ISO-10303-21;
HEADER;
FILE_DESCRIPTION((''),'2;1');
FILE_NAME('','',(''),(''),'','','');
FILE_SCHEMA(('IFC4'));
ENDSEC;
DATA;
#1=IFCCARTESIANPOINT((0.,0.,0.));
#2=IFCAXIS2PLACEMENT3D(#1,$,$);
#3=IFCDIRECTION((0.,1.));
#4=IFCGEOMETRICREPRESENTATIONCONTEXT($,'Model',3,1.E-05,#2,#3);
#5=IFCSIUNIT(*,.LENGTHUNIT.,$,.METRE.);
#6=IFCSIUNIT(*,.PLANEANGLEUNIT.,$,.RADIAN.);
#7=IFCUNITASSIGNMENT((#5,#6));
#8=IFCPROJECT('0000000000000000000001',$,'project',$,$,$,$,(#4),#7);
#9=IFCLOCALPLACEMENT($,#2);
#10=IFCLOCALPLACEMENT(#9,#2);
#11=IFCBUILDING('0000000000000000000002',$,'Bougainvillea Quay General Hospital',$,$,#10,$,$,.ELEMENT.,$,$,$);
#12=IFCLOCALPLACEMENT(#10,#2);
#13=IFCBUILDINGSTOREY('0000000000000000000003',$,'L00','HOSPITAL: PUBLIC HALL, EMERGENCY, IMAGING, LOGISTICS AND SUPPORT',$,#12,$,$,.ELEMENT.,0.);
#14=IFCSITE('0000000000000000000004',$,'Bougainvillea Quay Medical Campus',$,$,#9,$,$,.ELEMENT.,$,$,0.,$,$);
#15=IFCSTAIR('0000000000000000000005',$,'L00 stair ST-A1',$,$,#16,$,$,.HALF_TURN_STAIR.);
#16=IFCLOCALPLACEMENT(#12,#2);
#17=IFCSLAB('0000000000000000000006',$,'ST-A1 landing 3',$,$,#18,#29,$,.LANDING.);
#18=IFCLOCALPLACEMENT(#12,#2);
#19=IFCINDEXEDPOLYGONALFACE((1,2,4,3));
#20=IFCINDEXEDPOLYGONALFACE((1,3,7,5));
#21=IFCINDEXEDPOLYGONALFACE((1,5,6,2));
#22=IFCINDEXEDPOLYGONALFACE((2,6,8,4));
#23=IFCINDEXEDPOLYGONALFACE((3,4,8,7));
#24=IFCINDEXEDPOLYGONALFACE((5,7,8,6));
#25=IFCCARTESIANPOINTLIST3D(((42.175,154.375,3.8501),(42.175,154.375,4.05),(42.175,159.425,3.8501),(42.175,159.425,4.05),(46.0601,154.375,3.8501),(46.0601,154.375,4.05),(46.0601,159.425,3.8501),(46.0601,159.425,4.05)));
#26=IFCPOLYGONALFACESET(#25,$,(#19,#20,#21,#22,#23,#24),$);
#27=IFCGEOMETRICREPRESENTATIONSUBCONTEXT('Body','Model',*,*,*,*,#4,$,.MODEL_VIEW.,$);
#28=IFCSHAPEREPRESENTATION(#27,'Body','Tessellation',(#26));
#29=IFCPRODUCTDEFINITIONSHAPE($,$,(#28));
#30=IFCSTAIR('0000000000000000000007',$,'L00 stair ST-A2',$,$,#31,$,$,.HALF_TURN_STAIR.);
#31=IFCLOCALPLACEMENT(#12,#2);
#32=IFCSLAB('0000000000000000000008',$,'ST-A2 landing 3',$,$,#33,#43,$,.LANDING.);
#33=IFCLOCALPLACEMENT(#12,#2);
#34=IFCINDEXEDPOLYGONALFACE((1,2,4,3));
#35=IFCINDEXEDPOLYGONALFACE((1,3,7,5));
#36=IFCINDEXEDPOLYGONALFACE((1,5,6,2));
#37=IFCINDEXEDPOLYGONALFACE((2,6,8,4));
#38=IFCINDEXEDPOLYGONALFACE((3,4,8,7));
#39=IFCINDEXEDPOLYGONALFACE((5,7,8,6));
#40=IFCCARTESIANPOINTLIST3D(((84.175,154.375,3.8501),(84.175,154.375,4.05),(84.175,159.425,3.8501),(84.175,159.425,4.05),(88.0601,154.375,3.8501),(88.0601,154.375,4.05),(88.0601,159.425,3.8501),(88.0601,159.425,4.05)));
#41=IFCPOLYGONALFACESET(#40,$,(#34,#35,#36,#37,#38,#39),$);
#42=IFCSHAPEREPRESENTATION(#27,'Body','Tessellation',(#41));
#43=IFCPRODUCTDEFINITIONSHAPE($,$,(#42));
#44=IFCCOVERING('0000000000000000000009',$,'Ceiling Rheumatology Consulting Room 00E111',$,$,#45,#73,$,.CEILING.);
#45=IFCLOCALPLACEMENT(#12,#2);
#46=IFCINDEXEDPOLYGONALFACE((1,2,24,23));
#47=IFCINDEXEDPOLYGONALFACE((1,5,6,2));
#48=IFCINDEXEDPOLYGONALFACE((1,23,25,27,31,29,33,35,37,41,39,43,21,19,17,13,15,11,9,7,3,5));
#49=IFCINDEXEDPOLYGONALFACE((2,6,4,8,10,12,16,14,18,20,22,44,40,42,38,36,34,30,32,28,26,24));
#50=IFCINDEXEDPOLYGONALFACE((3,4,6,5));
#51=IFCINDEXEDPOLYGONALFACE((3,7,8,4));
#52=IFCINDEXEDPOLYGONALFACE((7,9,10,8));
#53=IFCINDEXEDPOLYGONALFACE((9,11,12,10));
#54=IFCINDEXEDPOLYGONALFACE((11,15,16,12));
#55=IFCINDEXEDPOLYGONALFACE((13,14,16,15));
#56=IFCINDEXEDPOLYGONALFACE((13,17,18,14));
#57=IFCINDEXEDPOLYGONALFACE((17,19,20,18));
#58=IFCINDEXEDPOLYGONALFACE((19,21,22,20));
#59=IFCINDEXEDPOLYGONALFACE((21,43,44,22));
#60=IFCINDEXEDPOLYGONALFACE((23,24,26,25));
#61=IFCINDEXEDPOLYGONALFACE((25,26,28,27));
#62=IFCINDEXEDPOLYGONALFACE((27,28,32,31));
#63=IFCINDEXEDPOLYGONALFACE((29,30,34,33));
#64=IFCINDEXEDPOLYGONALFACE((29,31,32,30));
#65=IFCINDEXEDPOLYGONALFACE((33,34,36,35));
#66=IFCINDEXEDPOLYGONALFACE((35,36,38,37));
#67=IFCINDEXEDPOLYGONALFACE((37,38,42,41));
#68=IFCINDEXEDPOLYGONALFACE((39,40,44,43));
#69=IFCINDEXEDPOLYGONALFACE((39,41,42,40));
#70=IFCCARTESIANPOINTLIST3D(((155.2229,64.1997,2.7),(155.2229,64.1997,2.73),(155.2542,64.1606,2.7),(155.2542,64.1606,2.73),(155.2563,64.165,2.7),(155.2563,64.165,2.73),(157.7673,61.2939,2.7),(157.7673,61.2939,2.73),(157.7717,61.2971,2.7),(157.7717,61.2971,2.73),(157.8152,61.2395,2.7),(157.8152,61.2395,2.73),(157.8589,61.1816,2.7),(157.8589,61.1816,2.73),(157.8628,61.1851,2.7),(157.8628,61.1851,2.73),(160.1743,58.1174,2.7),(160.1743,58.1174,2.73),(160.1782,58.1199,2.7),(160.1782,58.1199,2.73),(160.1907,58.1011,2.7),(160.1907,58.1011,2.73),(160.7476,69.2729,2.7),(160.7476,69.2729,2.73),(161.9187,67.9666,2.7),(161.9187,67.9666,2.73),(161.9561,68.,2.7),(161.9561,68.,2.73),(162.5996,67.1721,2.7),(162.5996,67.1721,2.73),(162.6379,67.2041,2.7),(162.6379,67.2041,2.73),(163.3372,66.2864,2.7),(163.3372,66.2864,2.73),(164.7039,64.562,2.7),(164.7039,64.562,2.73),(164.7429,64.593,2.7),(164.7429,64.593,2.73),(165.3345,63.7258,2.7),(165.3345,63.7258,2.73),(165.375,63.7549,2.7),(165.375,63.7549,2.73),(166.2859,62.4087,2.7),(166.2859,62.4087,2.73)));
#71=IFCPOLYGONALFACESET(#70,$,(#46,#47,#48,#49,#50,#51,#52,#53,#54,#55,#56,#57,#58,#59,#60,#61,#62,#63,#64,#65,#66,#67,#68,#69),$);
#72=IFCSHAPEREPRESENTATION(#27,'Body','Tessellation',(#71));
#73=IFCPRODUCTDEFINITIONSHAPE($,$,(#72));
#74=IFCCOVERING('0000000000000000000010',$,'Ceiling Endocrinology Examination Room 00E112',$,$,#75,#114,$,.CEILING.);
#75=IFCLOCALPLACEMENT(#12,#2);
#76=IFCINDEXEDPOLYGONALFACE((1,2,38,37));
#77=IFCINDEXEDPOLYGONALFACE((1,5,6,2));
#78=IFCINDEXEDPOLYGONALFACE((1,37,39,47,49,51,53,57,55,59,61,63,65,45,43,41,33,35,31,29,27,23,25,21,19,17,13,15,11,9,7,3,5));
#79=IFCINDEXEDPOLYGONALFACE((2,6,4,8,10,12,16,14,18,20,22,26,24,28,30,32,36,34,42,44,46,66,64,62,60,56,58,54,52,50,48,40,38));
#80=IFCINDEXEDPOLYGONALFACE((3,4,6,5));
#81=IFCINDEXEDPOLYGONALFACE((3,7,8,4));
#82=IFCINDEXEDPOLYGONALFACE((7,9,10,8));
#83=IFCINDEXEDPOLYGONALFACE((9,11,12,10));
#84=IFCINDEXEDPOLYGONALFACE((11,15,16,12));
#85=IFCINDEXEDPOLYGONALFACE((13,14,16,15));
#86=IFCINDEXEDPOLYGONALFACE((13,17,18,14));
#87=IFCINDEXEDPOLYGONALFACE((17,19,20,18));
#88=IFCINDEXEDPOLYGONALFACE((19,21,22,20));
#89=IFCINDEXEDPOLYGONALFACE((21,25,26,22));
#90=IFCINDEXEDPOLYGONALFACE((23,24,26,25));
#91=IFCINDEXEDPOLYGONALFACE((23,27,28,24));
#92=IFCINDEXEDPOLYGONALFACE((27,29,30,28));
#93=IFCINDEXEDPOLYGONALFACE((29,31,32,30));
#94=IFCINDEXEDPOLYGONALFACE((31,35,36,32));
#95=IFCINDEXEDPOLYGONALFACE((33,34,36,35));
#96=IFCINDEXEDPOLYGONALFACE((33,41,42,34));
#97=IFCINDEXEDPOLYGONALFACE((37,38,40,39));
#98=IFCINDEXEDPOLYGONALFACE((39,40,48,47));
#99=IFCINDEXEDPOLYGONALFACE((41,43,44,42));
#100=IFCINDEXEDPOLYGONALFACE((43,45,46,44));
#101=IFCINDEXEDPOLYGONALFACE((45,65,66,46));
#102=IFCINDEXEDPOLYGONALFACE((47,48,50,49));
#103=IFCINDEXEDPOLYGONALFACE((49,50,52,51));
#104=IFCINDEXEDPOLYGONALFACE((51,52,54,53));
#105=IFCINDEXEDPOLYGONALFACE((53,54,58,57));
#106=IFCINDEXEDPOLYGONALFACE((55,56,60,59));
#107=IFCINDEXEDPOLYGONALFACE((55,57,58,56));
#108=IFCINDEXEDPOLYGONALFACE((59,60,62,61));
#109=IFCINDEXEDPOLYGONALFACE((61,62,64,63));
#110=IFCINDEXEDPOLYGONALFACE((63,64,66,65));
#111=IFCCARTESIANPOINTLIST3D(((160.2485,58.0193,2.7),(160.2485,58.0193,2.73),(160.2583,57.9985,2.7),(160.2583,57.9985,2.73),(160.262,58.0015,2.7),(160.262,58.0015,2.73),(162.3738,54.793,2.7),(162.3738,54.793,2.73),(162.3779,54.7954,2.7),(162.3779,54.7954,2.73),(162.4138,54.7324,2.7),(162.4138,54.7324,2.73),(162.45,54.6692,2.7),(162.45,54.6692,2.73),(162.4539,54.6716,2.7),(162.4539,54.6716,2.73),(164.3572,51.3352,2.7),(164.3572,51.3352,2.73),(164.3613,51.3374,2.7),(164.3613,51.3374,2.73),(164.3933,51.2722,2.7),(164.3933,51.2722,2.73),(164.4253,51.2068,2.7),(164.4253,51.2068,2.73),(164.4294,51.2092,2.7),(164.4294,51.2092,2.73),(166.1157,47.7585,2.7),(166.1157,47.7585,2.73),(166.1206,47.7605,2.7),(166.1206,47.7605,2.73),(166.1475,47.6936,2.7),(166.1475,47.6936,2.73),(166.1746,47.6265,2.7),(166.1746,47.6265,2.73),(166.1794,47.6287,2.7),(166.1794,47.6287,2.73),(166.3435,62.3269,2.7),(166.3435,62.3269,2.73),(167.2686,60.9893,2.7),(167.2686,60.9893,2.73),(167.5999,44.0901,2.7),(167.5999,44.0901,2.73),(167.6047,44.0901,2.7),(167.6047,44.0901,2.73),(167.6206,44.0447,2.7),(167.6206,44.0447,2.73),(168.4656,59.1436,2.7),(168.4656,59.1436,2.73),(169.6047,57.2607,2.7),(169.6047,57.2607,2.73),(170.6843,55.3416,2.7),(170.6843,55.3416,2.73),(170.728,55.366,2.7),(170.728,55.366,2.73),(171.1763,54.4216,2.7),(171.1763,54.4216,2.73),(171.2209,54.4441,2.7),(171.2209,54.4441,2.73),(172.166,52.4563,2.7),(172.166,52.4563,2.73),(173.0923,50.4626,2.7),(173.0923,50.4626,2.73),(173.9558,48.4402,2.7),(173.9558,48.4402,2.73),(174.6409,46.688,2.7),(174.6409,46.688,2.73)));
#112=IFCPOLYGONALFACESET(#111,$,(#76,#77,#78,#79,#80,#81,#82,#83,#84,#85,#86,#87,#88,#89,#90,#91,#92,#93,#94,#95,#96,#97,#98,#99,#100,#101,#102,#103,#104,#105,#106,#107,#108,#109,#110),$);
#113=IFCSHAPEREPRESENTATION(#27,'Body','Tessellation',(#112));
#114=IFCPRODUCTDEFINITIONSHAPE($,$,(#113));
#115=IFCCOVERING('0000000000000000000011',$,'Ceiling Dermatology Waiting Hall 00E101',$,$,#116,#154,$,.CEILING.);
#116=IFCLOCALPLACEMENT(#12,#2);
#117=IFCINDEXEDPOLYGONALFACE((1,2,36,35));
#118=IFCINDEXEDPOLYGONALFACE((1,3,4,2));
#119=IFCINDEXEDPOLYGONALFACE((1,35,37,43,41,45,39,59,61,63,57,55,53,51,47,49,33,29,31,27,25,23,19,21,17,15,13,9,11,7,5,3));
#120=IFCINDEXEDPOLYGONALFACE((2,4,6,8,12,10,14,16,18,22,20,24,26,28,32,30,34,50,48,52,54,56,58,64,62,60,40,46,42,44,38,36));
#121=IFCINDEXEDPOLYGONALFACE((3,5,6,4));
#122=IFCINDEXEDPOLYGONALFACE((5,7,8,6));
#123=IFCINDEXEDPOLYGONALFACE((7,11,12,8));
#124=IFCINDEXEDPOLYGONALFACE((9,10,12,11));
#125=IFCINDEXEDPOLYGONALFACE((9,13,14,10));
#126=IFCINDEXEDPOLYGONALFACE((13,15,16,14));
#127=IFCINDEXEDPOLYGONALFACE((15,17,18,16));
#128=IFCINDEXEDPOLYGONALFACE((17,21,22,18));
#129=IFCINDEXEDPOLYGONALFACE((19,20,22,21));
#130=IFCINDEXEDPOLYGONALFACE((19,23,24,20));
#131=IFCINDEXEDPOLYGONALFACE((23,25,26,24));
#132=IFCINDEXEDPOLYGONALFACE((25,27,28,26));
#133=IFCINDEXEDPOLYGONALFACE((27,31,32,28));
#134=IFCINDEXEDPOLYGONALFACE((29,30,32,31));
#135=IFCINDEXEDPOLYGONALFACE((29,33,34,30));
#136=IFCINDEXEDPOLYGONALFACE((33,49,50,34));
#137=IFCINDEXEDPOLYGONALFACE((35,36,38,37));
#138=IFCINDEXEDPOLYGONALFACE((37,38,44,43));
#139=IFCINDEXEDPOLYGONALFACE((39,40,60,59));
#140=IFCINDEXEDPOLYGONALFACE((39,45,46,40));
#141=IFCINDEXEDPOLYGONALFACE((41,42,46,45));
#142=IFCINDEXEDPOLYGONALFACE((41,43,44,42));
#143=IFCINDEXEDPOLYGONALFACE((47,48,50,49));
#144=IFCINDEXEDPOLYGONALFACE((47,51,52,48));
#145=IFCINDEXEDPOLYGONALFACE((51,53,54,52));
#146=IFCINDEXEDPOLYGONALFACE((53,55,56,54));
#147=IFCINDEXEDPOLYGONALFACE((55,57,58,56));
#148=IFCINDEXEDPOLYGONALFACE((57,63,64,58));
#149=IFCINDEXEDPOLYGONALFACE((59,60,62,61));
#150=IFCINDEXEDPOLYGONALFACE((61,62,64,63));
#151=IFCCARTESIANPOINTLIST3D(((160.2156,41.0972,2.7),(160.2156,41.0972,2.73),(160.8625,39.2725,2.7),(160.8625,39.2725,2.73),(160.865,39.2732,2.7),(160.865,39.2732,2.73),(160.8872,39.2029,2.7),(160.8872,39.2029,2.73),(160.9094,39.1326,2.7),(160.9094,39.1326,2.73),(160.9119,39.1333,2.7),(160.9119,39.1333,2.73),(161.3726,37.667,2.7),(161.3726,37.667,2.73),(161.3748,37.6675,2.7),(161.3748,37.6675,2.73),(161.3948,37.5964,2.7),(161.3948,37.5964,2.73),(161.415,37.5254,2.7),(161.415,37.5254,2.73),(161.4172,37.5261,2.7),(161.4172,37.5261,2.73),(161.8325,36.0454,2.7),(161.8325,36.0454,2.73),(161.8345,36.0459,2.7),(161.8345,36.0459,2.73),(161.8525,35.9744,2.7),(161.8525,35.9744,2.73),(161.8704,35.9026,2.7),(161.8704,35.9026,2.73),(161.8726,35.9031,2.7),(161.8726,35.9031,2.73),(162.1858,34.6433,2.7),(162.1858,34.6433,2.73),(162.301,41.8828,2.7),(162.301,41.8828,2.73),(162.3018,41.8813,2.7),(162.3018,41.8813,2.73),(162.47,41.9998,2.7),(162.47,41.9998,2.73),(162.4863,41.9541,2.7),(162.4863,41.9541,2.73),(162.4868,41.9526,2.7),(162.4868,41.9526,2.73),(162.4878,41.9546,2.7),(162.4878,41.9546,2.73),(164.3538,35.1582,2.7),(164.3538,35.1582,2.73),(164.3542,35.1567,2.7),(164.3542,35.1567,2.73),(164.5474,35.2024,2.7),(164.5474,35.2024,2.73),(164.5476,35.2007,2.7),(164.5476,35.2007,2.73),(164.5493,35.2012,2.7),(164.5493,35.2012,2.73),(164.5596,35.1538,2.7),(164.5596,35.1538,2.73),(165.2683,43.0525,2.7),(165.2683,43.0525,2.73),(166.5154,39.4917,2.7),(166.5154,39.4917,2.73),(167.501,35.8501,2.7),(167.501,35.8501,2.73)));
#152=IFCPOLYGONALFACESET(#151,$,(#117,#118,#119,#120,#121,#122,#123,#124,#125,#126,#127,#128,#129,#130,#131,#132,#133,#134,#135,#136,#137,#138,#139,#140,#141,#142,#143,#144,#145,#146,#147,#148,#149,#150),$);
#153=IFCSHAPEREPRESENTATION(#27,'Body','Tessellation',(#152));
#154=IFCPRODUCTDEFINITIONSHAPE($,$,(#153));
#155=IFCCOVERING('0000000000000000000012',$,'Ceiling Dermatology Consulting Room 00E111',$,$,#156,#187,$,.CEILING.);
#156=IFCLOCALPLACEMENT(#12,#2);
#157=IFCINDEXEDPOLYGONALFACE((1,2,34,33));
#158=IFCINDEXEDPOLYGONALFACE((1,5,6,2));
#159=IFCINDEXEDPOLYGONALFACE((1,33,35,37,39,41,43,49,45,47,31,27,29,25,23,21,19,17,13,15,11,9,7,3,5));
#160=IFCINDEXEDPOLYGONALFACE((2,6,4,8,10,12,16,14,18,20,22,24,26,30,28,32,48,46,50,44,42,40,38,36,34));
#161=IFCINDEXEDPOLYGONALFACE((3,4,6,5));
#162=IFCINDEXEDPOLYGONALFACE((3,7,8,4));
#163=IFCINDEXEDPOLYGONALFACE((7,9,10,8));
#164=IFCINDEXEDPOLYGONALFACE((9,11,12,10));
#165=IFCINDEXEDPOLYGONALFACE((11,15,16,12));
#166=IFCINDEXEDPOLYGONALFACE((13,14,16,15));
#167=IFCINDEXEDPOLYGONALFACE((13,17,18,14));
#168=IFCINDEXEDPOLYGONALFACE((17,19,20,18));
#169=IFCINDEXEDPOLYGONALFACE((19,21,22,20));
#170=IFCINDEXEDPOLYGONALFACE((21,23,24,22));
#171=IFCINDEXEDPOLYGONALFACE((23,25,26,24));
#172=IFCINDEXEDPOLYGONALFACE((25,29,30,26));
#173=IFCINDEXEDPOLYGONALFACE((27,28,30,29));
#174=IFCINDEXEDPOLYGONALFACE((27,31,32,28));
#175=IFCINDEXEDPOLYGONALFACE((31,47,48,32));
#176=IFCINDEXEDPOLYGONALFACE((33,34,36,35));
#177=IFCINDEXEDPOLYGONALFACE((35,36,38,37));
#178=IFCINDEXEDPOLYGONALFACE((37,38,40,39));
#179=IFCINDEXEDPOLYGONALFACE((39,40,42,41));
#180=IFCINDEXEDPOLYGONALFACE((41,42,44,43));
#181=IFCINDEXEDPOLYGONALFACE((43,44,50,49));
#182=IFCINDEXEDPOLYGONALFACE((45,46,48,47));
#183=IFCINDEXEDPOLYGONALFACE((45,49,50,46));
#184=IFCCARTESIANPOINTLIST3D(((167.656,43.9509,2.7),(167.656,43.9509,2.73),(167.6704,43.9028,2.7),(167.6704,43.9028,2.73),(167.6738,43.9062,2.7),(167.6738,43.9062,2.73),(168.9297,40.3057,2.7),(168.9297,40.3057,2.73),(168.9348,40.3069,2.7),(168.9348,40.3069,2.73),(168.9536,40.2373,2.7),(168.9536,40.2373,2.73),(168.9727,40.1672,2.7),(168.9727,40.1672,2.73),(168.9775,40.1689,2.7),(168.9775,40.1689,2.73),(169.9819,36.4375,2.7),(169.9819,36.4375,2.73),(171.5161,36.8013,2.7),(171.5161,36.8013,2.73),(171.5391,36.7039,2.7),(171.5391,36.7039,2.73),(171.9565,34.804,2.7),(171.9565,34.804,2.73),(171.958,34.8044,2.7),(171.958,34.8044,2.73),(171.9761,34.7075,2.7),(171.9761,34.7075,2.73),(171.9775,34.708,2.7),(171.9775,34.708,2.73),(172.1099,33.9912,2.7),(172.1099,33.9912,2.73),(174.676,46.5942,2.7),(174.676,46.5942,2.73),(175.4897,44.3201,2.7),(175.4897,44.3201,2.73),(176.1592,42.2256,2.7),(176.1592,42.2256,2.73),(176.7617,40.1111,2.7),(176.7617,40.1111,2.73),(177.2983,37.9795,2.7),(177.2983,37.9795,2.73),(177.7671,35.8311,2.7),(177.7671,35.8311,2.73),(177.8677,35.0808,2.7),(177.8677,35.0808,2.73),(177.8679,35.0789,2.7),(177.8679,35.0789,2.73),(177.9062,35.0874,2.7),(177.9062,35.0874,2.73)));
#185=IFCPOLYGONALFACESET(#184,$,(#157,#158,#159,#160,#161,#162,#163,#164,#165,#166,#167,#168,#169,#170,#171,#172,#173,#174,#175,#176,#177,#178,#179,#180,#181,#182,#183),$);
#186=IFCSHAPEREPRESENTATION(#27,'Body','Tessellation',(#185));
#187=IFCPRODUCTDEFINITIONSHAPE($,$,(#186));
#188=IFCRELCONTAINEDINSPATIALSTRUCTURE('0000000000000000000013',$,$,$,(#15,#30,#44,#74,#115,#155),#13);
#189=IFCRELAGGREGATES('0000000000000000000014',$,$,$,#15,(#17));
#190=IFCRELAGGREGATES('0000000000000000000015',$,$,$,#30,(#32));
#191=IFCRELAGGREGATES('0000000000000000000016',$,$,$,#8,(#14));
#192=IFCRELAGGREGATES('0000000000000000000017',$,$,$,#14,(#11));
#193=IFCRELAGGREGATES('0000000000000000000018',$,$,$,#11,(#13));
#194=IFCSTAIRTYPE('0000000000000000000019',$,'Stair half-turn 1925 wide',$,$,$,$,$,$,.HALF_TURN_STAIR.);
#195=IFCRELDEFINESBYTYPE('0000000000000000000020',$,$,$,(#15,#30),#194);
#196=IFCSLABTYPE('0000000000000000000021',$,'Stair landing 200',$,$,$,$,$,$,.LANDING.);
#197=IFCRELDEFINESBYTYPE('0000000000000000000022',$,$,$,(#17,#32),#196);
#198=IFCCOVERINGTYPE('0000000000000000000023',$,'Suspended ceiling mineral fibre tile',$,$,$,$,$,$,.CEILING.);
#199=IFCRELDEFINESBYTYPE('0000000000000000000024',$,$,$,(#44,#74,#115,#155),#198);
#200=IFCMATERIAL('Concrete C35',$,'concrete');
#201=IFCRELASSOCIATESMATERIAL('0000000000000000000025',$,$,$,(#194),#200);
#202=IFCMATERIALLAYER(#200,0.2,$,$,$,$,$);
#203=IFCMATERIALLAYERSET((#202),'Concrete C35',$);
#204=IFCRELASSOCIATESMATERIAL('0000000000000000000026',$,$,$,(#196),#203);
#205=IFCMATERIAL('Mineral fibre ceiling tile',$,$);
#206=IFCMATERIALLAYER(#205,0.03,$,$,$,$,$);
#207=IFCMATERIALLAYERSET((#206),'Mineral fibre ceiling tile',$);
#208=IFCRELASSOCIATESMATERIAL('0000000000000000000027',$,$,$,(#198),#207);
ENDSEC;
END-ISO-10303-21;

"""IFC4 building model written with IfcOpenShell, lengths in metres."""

from ifc_helpers import new_model, si_unit, direction, frame, origin, place, context, subcontext, project, spatial, polyline, outline, extrude, material, layer, layer_set, type_object, element, aggregate, save


model = new_model("IFC4")

# Units and contexts
model_context = context("Model", 3, precision=1e-05, world=origin(), true_north=direction((0.0, 1.0)))
body_context = subcontext(model_context, "Body", "Model", "MODEL_VIEW")
ifc_project = project(units=[si_unit("LENGTHUNIT", "METRE"), si_unit("PLANEANGLEUNIT", "RADIAN")], contexts=[model_context])

# Site, building, storey
site_placement = place(None, origin())
site = spatial("IfcSite", under=ifc_project, at=site_placement, Name="Bougainvillea Quay Medical Campus", CompositionType="ELEMENT", RefElevation=0.0)
building_placement = place(site_placement, origin())
building = spatial("IfcBuilding", under=site, at=building_placement, Name="Bougainvillea Quay General Hospital", CompositionType="ELEMENT")
storey_placement = place(building_placement, origin())
storey = spatial("IfcBuildingStorey", under=building, at=storey_placement, Name="L00", Description="HOSPITAL: PUBLIC HALL, EMERGENCY, IMAGING, LOGISTICS AND SUPPORT", CompositionType="ELEMENT", Elevation=0.0)

# Stairs, slabs
ifc_material_1 = material(Name="Concrete C35", Category="concrete")
stair_type = type_object("IfcStairType", Name="Stair half-turn 1925 wide", PredefinedType="HALF_TURN_STAIR", material=ifc_material_1)
stair_1_placement = place(storey_placement, origin())
stair_1 = element("IfcStair", 1, at=stair_1_placement, inside=storey, type_object=stair_type, Name="L00 stair ST-A1", PredefinedType="HALF_TURN_STAIR")
ifc_layer_1 = layer(ifc_material_1, 0.2)
ifc_layer_set_1 = layer_set([ifc_layer_1], Name="Concrete C35")
slab_type = type_object("IfcSlabType", Name="Stair landing 200", PredefinedType="LANDING", material=ifc_layer_set_1)
slab_1_placement = place(storey_placement, frame((0.0, 0.0, 3.8501)))
slab_1 = element("IfcSlab", 2, at=slab_1_placement, type_object=slab_type, Name="ST-A1 landing 3", PredefinedType="LANDING", context=body_context, shape_type="SweptSolid", body=[
    extrude(outline(polyline([(46.0601, 159.425), (42.175, 159.425), (42.175, 154.375), (46.0601, 154.375), (46.0601, 159.425)])), origin(), (0.0, 0.0, 1.0), 0.2),
])
aggregate(stair_1, [slab_1])
stair_2_placement = place(storey_placement, origin())
stair_2 = element("IfcStair", 3, at=stair_2_placement, inside=storey, type_object=stair_type, Name="L00 stair ST-A2", PredefinedType="HALF_TURN_STAIR")
slab_2_placement = place(storey_placement, frame((0.0, 0.0, 3.8501)))
slab_2 = element("IfcSlab", 4, at=slab_2_placement, type_object=slab_type, Name="ST-A2 landing 3", PredefinedType="LANDING", context=body_context, shape_type="SweptSolid", body=[
    extrude(outline(polyline([(88.0601, 159.425), (84.175, 159.425), (84.175, 154.375), (88.0601, 154.375), (88.0601, 159.425)])), origin(), (0.0, 0.0, 1.0), 0.2),
])
aggregate(stair_2, [slab_2])

# Coverings
ifc_material_2 = material(Name="Mineral fibre ceiling tile")
ifc_layer_2 = layer(ifc_material_2, 0.03)
ifc_layer_set_2 = layer_set([ifc_layer_2], Name="Mineral fibre ceiling tile")
covering_type = type_object("IfcCoveringType", Name="Suspended ceiling mineral fibre tile", PredefinedType="CEILING", material=ifc_layer_set_2)
covering_1_placement = place(storey_placement, frame((0.0, 0.0, 2.7)))
element("IfcCovering", 5, at=covering_1_placement, inside=storey, type_object=covering_type, Name="Ceiling Rheumatology Consulting Room 00E111", PredefinedType="CEILING", context=body_context, shape_type="SweptSolid", body=[
    extrude(outline(polyline([(164.7429, 64.593), (164.7039, 64.562), (163.3372, 66.2864), (162.5996, 67.1721), (162.6379, 67.2041), (161.9561, 68.0), (161.9187, 67.9666), (160.7476, 69.2729), (155.2229, 64.1997), (155.2563, 64.165), (155.2542, 64.1606), (157.7673, 61.2939), (157.7717, 61.2971), (157.8152, 61.2395), (157.8628, 61.1851), (157.8589, 61.1816), (160.1743, 58.1174), (160.1782, 58.1199), (160.1907, 58.1011), (166.2859, 62.4087), (165.3345, 63.7258), (165.375, 63.7549), (164.7429, 64.593)])), origin(), (0.0, 0.0, 1.0), 0.03),
])
covering_2_placement = place(storey_placement, frame((0.0, 0.0, 2.7)))
element("IfcCovering", 6, at=covering_2_placement, inside=storey, type_object=covering_type, Name="Ceiling Endocrinology Examination Room 00E112", PredefinedType="CEILING", context=body_context, shape_type="SweptSolid", body=[
    extrude(outline(polyline([(170.728, 55.366), (170.6843, 55.3416), (169.6047, 57.2607), (168.4656, 59.1436), (167.2686, 60.9893), (166.3435, 62.3269), (160.2485, 58.0193), (160.262, 58.0015), (160.2583, 57.9985), (162.3738, 54.793), (162.3779, 54.7954), (162.4138, 54.7324), (162.4539, 54.6716), (162.45, 54.6692), (164.3572, 51.3352), (164.3613, 51.3374), (164.3933, 51.2722), (164.4294, 51.2092), (164.4253, 51.2068), (166.1157, 47.7585), (166.1206, 47.7605), (166.1475, 47.6936), (166.1794, 47.6287), (166.1746, 47.6265), (167.5999, 44.0901), (167.6047, 44.0901), (167.6206, 44.0447), (174.6409, 46.688), (173.9558, 48.4402), (173.0923, 50.4626), (172.166, 52.4563), (171.1763, 54.4216), (171.2209, 54.4441), (170.728, 55.366)])), origin(), (0.0, 0.0, 1.0), 0.03),
])
covering_3_placement = place(storey_placement, frame((0.0, 0.0, 2.7)))
element("IfcCovering", 7, at=covering_3_placement, inside=storey, type_object=covering_type, Name="Ceiling Dermatology Waiting Hall 00E101", PredefinedType="CEILING", context=body_context, shape_type="SweptSolid", body=[
    extrude(outline(polyline([(160.8872, 39.2029), (160.9119, 39.1333), (160.9094, 39.1326), (161.3726, 37.667), (161.3748, 37.6675), (161.3948, 37.5964), (161.4172, 37.5261), (161.415, 37.5254), (161.8325, 36.0454), (161.8345, 36.0459), (161.8525, 35.9744), (161.8726, 35.9031), (161.8704, 35.9026), (162.1858, 34.6433), (164.3542, 35.1567), (164.3538, 35.1582), (164.5474, 35.2024), (164.5476, 35.2007), (164.5493, 35.2012), (164.5596, 35.1538), (167.501, 35.8501), (166.5154, 39.4917), (165.2683, 43.0525), (162.47, 41.9998), (162.4878, 41.9546), (162.4863, 41.9541), (162.4868, 41.9526), (162.3018, 41.8813), (162.301, 41.8828), (160.2156, 41.0972), (160.8625, 39.2725), (160.865, 39.2732), (160.8872, 39.2029)])), origin(), (0.0, 0.0, 1.0), 0.03),
])
covering_4_placement = place(storey_placement, frame((0.0, 0.0, 2.7)))
element("IfcCovering", 8, at=covering_4_placement, inside=storey, type_object=covering_type, Name="Ceiling Dermatology Consulting Room 00E111", PredefinedType="CEILING", context=body_context, shape_type="SweptSolid", body=[
    extrude(outline(polyline([(171.5391, 36.7039), (171.9565, 34.804), (171.958, 34.8044), (171.9775, 34.708), (171.9761, 34.7075), (172.1099, 33.9912), (177.8679, 35.0789), (177.8677, 35.0808), (177.9062, 35.0874), (177.7671, 35.8311), (177.2983, 37.9795), (176.7617, 40.1111), (176.1592, 42.2256), (175.4897, 44.3201), (174.676, 46.5942), (167.656, 43.9509), (167.6738, 43.9062), (167.6704, 43.9028), (168.9297, 40.3057), (168.9348, 40.3069), (168.9536, 40.2373), (168.9775, 40.1689), (168.9727, 40.1672), (169.9819, 36.4375), (171.5161, 36.8013), (171.5391, 36.7039)])), origin(), (0.0, 0.0, 1.0), 0.03),
])

save(model, "model.ifc")
